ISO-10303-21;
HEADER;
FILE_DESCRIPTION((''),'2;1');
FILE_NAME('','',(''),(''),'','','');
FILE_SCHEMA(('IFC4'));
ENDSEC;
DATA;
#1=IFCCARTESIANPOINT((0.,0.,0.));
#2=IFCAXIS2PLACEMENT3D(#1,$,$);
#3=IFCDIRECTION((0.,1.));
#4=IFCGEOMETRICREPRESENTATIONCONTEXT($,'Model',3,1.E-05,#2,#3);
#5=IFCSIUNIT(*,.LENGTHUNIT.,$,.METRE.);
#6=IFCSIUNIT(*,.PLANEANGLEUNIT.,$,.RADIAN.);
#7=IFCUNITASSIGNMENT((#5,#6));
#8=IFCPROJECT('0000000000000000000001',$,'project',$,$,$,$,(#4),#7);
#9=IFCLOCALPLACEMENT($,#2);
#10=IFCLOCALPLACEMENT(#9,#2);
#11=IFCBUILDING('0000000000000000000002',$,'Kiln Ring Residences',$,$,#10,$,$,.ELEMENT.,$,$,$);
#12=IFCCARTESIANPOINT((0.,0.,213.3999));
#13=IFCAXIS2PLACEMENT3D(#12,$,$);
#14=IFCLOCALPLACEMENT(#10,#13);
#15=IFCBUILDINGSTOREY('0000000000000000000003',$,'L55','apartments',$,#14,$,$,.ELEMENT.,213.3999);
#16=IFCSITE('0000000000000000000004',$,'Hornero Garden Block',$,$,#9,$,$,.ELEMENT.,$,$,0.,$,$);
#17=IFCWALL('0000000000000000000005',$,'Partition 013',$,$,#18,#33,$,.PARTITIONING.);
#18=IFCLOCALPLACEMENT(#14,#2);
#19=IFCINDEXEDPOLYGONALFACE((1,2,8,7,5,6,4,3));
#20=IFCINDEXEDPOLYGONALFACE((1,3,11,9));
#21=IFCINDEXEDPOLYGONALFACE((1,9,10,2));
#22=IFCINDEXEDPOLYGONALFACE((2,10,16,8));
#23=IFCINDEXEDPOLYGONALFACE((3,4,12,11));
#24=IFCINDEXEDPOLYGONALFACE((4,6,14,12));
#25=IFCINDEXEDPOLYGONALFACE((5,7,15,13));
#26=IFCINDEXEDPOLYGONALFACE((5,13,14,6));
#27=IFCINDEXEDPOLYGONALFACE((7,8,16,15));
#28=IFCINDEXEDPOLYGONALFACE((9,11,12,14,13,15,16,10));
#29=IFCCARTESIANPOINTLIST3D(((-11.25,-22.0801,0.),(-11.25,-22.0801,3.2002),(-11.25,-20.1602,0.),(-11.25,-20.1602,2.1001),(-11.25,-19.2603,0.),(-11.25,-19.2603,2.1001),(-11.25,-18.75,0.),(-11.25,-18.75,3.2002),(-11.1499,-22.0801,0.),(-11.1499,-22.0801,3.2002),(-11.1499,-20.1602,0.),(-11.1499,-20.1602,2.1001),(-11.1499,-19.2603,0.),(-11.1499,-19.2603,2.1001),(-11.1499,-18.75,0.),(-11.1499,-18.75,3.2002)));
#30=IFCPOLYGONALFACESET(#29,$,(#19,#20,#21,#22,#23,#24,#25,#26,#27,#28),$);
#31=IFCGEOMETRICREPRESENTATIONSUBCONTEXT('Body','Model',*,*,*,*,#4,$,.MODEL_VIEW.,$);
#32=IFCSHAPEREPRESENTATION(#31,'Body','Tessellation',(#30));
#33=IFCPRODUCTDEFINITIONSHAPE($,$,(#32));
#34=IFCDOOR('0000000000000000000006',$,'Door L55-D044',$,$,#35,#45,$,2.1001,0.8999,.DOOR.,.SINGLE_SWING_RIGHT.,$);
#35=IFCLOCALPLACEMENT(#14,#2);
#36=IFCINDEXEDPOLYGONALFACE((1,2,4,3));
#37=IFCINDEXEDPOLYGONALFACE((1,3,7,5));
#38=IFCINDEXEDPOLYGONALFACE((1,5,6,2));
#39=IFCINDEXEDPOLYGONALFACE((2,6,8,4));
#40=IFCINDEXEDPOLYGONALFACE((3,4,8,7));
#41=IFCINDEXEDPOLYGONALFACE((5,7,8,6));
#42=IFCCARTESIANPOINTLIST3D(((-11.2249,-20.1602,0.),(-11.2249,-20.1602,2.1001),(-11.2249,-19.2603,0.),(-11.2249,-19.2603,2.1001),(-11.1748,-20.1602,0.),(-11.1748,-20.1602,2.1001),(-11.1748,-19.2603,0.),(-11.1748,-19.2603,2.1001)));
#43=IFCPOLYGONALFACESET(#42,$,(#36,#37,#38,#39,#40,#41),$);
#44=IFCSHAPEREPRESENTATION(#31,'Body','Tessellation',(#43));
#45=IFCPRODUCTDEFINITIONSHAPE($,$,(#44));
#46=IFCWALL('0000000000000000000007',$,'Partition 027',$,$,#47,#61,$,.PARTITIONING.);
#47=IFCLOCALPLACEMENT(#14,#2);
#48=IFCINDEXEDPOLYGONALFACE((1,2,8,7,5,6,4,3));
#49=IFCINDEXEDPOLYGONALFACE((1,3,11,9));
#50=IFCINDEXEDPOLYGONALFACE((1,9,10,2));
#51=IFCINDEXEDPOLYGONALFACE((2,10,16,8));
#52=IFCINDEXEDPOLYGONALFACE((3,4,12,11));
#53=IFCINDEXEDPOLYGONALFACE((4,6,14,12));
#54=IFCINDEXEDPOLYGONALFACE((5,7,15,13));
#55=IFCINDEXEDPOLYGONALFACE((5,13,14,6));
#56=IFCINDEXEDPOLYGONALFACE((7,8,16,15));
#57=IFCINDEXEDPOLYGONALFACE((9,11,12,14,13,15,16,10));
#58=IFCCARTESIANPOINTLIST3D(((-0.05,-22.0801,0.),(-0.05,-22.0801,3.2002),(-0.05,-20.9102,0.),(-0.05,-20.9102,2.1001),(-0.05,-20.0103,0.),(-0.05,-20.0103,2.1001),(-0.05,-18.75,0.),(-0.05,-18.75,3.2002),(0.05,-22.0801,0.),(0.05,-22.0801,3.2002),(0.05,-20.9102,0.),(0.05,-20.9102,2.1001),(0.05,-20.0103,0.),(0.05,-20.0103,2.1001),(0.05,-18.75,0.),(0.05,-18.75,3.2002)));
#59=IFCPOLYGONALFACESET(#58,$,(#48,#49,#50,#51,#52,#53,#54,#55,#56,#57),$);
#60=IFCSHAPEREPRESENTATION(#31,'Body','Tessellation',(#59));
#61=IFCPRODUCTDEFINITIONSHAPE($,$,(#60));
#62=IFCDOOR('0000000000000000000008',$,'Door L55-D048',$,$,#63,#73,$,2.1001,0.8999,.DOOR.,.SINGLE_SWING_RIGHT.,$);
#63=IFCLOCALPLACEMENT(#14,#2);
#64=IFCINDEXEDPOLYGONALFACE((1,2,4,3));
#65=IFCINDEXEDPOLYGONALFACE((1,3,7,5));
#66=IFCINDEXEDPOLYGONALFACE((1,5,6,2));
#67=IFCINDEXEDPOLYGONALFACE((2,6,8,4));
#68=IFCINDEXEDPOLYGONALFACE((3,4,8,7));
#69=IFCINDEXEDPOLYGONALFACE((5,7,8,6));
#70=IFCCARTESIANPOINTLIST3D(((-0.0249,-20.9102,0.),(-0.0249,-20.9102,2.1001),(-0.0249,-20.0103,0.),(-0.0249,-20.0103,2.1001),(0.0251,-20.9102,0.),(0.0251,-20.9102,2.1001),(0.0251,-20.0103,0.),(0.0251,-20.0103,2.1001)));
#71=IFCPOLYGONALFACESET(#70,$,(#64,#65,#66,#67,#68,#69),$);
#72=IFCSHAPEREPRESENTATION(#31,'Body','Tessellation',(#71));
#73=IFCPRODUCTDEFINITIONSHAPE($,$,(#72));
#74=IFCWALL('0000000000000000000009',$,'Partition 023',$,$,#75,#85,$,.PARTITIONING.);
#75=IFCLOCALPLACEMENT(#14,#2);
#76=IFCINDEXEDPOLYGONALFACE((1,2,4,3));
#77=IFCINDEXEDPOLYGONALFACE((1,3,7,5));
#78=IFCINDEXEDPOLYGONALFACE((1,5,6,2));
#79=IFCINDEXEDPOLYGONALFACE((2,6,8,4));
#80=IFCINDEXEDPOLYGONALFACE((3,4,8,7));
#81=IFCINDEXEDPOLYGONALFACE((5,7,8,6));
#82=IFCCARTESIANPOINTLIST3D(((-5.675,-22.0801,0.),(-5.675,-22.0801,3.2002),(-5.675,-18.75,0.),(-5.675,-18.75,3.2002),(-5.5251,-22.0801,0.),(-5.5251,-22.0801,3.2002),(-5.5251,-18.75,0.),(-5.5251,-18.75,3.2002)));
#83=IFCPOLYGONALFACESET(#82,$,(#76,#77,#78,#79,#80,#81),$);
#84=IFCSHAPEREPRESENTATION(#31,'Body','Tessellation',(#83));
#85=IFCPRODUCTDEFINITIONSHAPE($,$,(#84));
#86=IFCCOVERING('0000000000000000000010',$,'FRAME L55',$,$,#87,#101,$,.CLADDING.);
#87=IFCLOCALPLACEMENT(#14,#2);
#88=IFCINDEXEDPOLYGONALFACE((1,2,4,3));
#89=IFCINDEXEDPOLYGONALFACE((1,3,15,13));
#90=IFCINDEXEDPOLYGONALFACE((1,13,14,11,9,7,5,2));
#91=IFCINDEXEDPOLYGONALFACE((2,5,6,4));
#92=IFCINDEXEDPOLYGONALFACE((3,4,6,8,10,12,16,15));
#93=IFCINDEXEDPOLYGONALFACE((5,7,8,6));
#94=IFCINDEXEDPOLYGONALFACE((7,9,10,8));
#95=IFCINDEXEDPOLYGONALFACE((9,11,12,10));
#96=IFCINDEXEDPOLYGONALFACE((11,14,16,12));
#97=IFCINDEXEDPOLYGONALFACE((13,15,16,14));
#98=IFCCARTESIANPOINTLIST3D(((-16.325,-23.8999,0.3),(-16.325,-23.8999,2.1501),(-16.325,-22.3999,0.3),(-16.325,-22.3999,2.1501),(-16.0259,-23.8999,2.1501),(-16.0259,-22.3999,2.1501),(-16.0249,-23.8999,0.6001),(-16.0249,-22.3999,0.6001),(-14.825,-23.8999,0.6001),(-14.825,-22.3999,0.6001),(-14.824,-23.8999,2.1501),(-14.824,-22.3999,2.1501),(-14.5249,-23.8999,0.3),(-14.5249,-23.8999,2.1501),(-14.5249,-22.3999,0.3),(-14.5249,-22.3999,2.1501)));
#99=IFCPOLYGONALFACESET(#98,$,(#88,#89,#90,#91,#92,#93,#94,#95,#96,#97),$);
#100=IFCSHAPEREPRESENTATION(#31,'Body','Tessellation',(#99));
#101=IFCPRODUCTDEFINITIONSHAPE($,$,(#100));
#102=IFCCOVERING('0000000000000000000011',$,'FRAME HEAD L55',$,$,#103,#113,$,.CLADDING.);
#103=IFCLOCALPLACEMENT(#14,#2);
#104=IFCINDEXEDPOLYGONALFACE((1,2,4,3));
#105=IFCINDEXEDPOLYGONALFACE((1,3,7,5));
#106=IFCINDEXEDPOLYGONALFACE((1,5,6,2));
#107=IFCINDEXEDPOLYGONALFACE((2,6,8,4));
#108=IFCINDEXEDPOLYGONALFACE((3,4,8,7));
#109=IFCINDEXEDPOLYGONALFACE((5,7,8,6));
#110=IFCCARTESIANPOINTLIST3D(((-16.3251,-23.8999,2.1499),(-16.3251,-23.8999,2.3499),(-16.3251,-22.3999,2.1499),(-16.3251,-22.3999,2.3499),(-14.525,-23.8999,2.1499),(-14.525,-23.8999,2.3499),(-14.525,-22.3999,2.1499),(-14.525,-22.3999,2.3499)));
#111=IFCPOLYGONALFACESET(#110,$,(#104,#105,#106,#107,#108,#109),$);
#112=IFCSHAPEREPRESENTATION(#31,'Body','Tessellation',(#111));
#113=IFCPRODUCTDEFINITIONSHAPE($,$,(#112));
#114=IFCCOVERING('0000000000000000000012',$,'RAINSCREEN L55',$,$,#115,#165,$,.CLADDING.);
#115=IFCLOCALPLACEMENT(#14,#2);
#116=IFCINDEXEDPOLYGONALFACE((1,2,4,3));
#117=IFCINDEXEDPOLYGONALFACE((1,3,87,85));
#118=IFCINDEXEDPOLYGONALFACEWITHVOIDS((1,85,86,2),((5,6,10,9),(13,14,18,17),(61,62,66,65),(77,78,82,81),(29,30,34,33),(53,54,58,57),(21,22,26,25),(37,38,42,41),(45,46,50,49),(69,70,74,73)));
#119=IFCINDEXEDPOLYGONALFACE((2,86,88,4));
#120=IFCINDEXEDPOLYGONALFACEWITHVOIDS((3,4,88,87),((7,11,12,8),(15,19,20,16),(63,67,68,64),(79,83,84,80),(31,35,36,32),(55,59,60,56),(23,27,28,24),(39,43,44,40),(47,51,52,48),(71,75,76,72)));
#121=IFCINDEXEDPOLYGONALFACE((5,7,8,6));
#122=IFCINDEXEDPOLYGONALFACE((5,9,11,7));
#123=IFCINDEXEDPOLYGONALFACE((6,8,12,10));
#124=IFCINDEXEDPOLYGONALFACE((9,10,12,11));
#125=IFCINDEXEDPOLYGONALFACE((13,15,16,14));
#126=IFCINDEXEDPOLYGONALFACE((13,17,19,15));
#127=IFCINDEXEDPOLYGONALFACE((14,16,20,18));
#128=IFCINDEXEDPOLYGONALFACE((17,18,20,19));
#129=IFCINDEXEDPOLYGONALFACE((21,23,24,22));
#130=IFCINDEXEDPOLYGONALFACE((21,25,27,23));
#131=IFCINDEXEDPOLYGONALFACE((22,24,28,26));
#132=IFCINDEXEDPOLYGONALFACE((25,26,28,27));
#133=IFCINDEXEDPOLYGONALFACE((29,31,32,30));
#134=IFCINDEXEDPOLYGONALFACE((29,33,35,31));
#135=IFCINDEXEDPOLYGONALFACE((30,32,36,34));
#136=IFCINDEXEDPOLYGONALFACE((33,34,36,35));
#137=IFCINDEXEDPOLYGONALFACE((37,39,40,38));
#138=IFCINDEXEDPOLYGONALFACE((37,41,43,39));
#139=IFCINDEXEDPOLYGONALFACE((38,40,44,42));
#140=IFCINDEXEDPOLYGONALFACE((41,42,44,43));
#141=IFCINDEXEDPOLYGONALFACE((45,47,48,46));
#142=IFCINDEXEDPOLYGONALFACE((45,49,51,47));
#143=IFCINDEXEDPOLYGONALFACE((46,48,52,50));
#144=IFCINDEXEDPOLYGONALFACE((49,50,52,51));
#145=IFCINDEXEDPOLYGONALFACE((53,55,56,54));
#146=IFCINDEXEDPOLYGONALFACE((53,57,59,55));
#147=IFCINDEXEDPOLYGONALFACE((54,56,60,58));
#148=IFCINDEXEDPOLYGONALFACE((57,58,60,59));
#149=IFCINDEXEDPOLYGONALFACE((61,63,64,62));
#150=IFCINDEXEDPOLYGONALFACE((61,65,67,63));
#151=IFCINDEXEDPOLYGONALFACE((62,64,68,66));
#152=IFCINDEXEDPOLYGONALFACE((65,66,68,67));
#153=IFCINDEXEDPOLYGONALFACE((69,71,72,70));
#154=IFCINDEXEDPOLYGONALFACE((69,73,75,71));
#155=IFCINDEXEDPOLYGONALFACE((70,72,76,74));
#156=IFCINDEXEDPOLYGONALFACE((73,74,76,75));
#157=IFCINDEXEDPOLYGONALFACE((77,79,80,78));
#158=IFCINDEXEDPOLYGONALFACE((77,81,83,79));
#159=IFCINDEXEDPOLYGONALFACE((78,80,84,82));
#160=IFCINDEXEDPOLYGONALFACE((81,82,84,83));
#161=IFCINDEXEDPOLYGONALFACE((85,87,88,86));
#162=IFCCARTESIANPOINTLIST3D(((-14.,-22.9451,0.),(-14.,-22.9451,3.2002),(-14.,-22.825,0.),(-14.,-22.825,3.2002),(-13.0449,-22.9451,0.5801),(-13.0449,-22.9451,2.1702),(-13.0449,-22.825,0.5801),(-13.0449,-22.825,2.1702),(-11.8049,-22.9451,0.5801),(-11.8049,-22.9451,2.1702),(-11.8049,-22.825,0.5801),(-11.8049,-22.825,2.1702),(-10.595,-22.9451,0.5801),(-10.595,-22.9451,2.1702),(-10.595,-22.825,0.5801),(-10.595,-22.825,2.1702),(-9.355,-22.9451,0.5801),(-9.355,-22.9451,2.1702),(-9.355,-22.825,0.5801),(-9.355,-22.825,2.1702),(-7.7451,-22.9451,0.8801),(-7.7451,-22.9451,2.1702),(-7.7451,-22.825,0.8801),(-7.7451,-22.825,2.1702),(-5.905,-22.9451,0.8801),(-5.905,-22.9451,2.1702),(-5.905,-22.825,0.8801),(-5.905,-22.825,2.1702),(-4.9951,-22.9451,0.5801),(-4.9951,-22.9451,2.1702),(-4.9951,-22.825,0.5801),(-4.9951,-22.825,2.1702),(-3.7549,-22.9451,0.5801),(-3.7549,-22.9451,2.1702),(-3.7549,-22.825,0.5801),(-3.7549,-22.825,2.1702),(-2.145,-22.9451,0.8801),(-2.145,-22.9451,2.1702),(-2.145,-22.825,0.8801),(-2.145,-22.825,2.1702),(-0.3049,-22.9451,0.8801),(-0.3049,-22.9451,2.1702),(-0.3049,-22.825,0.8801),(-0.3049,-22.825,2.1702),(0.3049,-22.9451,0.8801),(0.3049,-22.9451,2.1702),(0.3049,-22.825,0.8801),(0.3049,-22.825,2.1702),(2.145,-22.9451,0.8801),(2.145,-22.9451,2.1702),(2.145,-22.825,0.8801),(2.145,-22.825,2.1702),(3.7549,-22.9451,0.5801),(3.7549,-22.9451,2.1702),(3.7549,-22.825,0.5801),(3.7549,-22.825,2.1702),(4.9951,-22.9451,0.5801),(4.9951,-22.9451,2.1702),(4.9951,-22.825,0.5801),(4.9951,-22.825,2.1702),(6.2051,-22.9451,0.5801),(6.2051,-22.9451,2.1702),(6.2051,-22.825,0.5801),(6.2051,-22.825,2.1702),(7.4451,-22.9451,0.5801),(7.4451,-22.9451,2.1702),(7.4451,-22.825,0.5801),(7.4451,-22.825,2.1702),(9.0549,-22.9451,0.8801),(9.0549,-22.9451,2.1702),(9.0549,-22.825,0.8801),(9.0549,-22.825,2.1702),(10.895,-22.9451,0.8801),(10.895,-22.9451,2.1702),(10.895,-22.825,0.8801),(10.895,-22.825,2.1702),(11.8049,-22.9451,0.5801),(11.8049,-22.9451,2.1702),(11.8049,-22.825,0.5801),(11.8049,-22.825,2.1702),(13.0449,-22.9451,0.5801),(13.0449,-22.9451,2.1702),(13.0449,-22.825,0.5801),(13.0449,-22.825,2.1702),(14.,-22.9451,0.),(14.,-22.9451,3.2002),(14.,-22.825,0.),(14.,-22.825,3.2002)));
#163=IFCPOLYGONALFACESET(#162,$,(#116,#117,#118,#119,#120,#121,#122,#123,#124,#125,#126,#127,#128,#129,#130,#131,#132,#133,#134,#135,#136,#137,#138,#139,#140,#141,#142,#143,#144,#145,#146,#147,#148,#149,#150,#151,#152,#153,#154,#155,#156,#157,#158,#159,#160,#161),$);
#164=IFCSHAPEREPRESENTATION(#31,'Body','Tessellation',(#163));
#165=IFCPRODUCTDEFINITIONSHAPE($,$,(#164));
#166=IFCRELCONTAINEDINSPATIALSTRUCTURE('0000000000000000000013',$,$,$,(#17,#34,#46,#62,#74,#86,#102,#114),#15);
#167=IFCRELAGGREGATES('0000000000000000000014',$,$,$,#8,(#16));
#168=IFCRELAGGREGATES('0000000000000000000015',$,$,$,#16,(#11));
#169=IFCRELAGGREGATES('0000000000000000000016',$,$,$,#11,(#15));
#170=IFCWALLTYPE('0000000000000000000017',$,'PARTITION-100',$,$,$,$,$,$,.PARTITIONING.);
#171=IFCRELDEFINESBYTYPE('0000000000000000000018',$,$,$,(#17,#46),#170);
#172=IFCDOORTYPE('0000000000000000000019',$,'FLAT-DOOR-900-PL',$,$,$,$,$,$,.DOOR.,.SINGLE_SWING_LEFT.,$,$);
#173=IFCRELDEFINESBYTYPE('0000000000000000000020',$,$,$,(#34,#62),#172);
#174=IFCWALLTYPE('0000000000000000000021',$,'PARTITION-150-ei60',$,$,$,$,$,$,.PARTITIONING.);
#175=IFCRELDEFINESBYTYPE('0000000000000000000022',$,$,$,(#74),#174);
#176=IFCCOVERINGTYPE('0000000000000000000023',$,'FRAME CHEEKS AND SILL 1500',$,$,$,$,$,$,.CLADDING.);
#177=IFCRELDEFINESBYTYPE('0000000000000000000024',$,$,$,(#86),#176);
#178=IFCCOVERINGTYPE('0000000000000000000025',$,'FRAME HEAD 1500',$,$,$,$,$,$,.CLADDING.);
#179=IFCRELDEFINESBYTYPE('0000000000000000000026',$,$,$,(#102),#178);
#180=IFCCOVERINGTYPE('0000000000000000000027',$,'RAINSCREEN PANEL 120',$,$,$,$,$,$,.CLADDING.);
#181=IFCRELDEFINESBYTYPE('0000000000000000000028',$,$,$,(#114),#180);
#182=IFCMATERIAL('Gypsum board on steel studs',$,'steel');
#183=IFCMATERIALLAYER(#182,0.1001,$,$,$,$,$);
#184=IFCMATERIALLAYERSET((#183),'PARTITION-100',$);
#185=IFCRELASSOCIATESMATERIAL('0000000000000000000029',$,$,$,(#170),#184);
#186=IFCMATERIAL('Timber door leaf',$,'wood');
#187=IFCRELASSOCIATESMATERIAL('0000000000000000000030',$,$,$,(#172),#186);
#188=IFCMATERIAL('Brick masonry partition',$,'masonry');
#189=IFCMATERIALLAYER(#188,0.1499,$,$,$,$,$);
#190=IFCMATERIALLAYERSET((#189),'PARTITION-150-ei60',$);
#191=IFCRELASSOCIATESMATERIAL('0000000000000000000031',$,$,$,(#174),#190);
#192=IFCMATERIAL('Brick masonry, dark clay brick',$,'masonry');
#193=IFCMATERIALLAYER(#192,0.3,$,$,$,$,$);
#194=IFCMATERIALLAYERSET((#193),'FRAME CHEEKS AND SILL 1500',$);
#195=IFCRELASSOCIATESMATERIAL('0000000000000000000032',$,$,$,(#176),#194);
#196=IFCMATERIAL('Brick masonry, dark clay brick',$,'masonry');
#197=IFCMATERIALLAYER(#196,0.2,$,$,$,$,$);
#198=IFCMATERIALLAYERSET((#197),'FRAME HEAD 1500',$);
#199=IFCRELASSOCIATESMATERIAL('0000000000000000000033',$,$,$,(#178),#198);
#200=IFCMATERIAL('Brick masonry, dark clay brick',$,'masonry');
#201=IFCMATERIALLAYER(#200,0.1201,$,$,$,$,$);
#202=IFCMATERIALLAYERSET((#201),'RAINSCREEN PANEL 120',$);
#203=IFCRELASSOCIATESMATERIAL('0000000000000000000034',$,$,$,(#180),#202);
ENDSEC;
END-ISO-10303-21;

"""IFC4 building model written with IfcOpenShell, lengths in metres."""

from ifc_helpers import new_model, si_unit, direction, frame, frame_2d, origin, origin_2d, place, context, subcontext, project, spatial, polyline, rectangle, outline, extrude, material, layer, layer_set, type_object, element, fill, save


model = new_model("IFC4")

# Units and contexts
model_context = context("Model", 3, precision=1e-05, world=origin(), true_north=direction((0.0, 1.0)))
body_context = subcontext(model_context, "Body", "Model", "MODEL_VIEW")
ifc_project = project(units=[si_unit("LENGTHUNIT", "METRE"), si_unit("PLANEANGLEUNIT", "RADIAN")], contexts=[model_context])

# Site, building, storey
site_placement = place(None, origin())
site = spatial("IfcSite", under=ifc_project, at=site_placement, Name="Hornero Garden Block", CompositionType="ELEMENT", RefElevation=0.0)
building_placement = place(site_placement, origin())
building = spatial("IfcBuilding", under=site, at=building_placement, Name="Kiln Ring Residences", CompositionType="ELEMENT")
storey_placement = place(building_placement, frame((0.0, 0.0, 213.3999)))
storey = spatial("IfcBuildingStorey", under=building, at=storey_placement, Name="L55", Description="apartments", CompositionType="ELEMENT", Elevation=213.3999)

# Shared definitions
ifc_material_1 = material(Name="Gypsum board on steel studs", Category="steel")
ifc_layer_1 = layer(ifc_material_1, 0.1001)
ifc_layer_set_1 = layer_set([ifc_layer_1], Name="PARTITION-100")
wall_type_1 = type_object("IfcWallType", Name="PARTITION-100", PredefinedType="PARTITIONING", material=ifc_layer_set_1)

# Walls, openings, doors
ifc_material_2 = material(Name="Timber door leaf", Category="wood")
door_type = type_object("IfcDoorType", Name="FLAT-DOOR-900-PL", OperationType="SINGLE_SWING_LEFT", PredefinedType="DOOR", material=ifc_material_2)
wall_1_placement = place(storey_placement, frame((-11.2, -22.0801, 0.0), z_axis=(0.0, 0.0, 1.0), x_axis=(0.0, 1.0, 0.0)))
wall_1 = element("IfcWall", 1, at=wall_1_placement, inside=storey, type_object=wall_type_1, Name="Partition 013", PredefinedType="PARTITIONING", context=body_context, shape_type="SweptSolid", body=[
    extrude(rectangle(XDim=3.3301, YDim=0.1001, at=frame_2d((1.665, 0.0))), origin(), (0.0, 0.0, 1.0), 3.2002),
])
opening_1_placement = place(wall_1_placement, frame((1.9199, 0.0, 0.0)))
opening_1 = element("IfcOpeningElement", 2, at=opening_1_placement, cuts=wall_1, PredefinedType="OPENING", context=body_context, shape_type="SweptSolid", body=[
    extrude(rectangle(XDim=0.8999, YDim=2.1001, at=frame_2d((0.45, 1.05))), frame((0.0, 0.0601, 0.0), z_axis=(0.0, -1.0, 0.0), x_axis=(1.0, 0.0, 0.0)), (0.0, 0.0, 1.0), 0.1201),
])
door_1_placement = place(opening_1_placement, origin())
door_1 = element("IfcDoor", 3, at=door_1_placement, inside=storey, type_object=door_type, Name="Door L55-D044", OperationType="SINGLE_SWING_RIGHT", OverallHeight=2.1001, OverallWidth=0.8999, PredefinedType="DOOR", context=body_context, shape_type="SweptSolid", body=[
    extrude(rectangle(XDim=0.8999, YDim=2.1001, at=frame_2d((0.45, 1.05))), frame((0.0, 0.0249, 0.0), z_axis=(0.0, -1.0, 0.0), x_axis=(1.0, 0.0, 0.0)), (0.0, 0.0, 1.0), 0.05),
])
fill(opening_1, door_1)
wall_2_placement = place(storey_placement, frame((0.0, -22.0801, 0.0), z_axis=(0.0, 0.0, 1.0), x_axis=(0.0, 1.0, 0.0)))
wall_2 = element("IfcWall", 4, at=wall_2_placement, inside=storey, type_object=wall_type_1, Name="Partition 027", PredefinedType="PARTITIONING", context=body_context, shape_type="SweptSolid", body=[
    extrude(rectangle(XDim=3.3301, YDim=0.1001, at=frame_2d((1.665, 0.0))), origin(), (0.0, 0.0, 1.0), 3.2002),
])
opening_2_placement = place(wall_2_placement, frame((1.1699, 0.0, 0.0)))
opening_2 = element("IfcOpeningElement", 5, at=opening_2_placement, cuts=wall_2, PredefinedType="OPENING", context=body_context, shape_type="SweptSolid", body=[
    extrude(rectangle(XDim=0.8999, YDim=2.1001, at=frame_2d((0.45, 1.05))), frame((0.0, 0.0601, 0.0), z_axis=(0.0, -1.0, 0.0), x_axis=(1.0, 0.0, 0.0)), (0.0, 0.0, 1.0), 0.1201),
])
door_2_placement = place(opening_2_placement, origin())
door_2 = element("IfcDoor", 6, at=door_2_placement, inside=storey, type_object=door_type, Name="Door L55-D048", OperationType="SINGLE_SWING_RIGHT", OverallHeight=2.1001, OverallWidth=0.8999, PredefinedType="DOOR", context=body_context, shape_type="SweptSolid", body=[
    extrude(rectangle(XDim=0.8999, YDim=2.1001, at=frame_2d((0.45, 1.05))), frame((0.0, 0.0249, 0.0), z_axis=(0.0, -1.0, 0.0), x_axis=(1.0, 0.0, 0.0)), (0.0, 0.0, 1.0), 0.05),
])
fill(opening_2, door_2)

# Wall
ifc_material_3 = material(Name="Brick masonry partition", Category="masonry")
ifc_layer_2 = layer(ifc_material_3, 0.1499)
ifc_layer_set_2 = layer_set([ifc_layer_2], Name="PARTITION-150-ei60")
wall_type_2 = type_object("IfcWallType", Name="PARTITION-150-ei60", PredefinedType="PARTITIONING", material=ifc_layer_set_2)
wall_3_placement = place(storey_placement, frame((-5.6001, -22.0801, 0.0), z_axis=(0.0, 0.0, 1.0), x_axis=(0.0, 1.0, 0.0)))
element("IfcWall", 7, at=wall_3_placement, inside=storey, type_object=wall_type_2, Name="Partition 023", PredefinedType="PARTITIONING", context=body_context, shape_type="SweptSolid", body=[
    extrude(rectangle(XDim=3.3301, YDim=0.1499, at=frame_2d((1.665, 0.0))), origin(), (0.0, 0.0, 1.0), 3.2002),
])

# Coverings
ifc_material_4 = material(Name="Brick masonry, dark clay brick", Category="masonry")
ifc_layer_3 = layer(ifc_material_4, 0.3)
ifc_layer_set_3 = layer_set([ifc_layer_3], Name="FRAME CHEEKS AND SILL 1500")
covering_type_1 = type_object("IfcCoveringType", Name="FRAME CHEEKS AND SILL 1500", PredefinedType="CLADDING", material=ifc_layer_set_3)
covering_1_placement = place(storey_placement, frame((-16.325, -23.1499, 0.3), z_axis=(0.0, 0.0, 1.0), x_axis=(1.0, 0.0, 0.0)))
element("IfcCovering", 8, at=covering_1_placement, inside=storey, type_object=covering_type_1, Name="FRAME L55", PredefinedType="CLADDING", context=body_context, shape_type="SweptSolid", body=[
    extrude(outline(polyline([(0.0, 0.0), (1.8, 0.0), (1.8, 1.8501), (1.501, 1.8501), (1.5, 0.3), (0.3, 0.3), (0.2991, 1.8501), (0.0, 1.8501), (0.0, 0.0)])), frame((0.0, 0.75, 0.0), z_axis=(0.0, -1.0, 0.0), x_axis=(1.0, 0.0, 0.0)), (0.0, 0.0, 1.0), 1.5),
])
ifc_material_5 = material(Name="Brick masonry, dark clay brick", Category="masonry")
ifc_layer_4 = layer(ifc_material_5, 0.2)
ifc_layer_set_4 = layer_set([ifc_layer_4], Name="FRAME HEAD 1500")
covering_type_2 = type_object("IfcCoveringType", Name="FRAME HEAD 1500", PredefinedType="CLADDING", material=ifc_layer_set_4)
covering_2_placement = place(storey_placement, frame((-15.425, -23.1499, 2.1499), z_axis=(0.0, 0.0, 1.0), x_axis=(1.0, 0.0, 0.0)))
element("IfcCovering", 9, at=covering_2_placement, inside=storey, type_object=covering_type_2, Name="FRAME HEAD L55", PredefinedType="CLADDING", context=body_context, shape_type="SweptSolid", body=[
    extrude(rectangle(XDim=1.8, YDim=1.5, at=origin_2d()), origin(), (0.0, 0.0, 1.0), 0.2),
])
ifc_material_6 = material(Name="Brick masonry, dark clay brick", Category="masonry")
ifc_layer_5 = layer(ifc_material_6, 0.1201)
ifc_layer_set_5 = layer_set([ifc_layer_5], Name="RAINSCREEN PANEL 120")
covering_type_3 = type_object("IfcCoveringType", Name="RAINSCREEN PANEL 120", PredefinedType="CLADDING", material=ifc_layer_set_5)
covering_3_placement = place(storey_placement, frame((-14.0, -22.885, 0.0), z_axis=(0.0, 0.0, 1.0), x_axis=(1.0, 0.0, 0.0)))
element("IfcCovering", 10, at=covering_3_placement, inside=storey, type_object=covering_type_3, Name="RAINSCREEN L55", PredefinedType="CLADDING", context=body_context, shape_type="SweptSolid", body=[
    extrude(outline(polyline([(0.0, 0.0), (28.0, 0.0), (28.0, 3.2002), (0.0, 3.2002), (0.0, 0.0)]), holes=[polyline([(0.9551, 0.5801), (2.1951, 0.5801), (2.1951, 2.1702), (0.9551, 2.1702), (0.9551, 0.5801)]), polyline([(3.405, 0.5801), (4.645, 0.5801), (4.645, 2.1702), (3.405, 2.1702), (3.405, 0.5801)]), polyline([(9.0049, 0.5801), (10.2451, 0.5801), (10.2451, 2.1702), (9.0049, 2.1702), (9.0049, 0.5801)]), polyline([(17.7549, 2.1702), (17.7549, 0.5801), (18.9951, 0.5801), (18.9951, 2.1702), (17.7549, 2.1702)]), polyline([(20.2051, 2.1702), (20.2051, 0.5801), (21.4451, 0.5801), (21.4451, 2.1702), (20.2051, 2.1702)]), polyline([(25.8049, 0.5801), (27.0449, 0.5801), (27.0449, 2.1702), (25.8049, 2.1702), (25.8049, 0.5801)]), polyline([(6.2549, 0.8801), (8.095, 0.8801), (8.095, 2.1702), (6.2549, 2.1702), (6.2549, 0.8801)]), polyline([(11.855, 0.8801), (13.6951, 0.8801), (13.6951, 2.1702), (11.855, 2.1702), (11.855, 0.8801)]), polyline([(14.3049, 2.1702), (14.3049, 0.8801), (16.145, 0.8801), (16.145, 2.1702), (14.3049, 2.1702)]), polyline([(23.0549, 2.1702), (23.0549, 0.8801), (24.895, 0.8801), (24.895, 2.1702), (23.0549, 2.1702)])]), frame((0.0, 0.0601, 0.0), z_axis=(0.0, -1.0, 0.0), x_axis=(1.0, 0.0, 0.0)), (0.0, 0.0, 1.0), 0.1201),
])

save(model, "model.ifc")
